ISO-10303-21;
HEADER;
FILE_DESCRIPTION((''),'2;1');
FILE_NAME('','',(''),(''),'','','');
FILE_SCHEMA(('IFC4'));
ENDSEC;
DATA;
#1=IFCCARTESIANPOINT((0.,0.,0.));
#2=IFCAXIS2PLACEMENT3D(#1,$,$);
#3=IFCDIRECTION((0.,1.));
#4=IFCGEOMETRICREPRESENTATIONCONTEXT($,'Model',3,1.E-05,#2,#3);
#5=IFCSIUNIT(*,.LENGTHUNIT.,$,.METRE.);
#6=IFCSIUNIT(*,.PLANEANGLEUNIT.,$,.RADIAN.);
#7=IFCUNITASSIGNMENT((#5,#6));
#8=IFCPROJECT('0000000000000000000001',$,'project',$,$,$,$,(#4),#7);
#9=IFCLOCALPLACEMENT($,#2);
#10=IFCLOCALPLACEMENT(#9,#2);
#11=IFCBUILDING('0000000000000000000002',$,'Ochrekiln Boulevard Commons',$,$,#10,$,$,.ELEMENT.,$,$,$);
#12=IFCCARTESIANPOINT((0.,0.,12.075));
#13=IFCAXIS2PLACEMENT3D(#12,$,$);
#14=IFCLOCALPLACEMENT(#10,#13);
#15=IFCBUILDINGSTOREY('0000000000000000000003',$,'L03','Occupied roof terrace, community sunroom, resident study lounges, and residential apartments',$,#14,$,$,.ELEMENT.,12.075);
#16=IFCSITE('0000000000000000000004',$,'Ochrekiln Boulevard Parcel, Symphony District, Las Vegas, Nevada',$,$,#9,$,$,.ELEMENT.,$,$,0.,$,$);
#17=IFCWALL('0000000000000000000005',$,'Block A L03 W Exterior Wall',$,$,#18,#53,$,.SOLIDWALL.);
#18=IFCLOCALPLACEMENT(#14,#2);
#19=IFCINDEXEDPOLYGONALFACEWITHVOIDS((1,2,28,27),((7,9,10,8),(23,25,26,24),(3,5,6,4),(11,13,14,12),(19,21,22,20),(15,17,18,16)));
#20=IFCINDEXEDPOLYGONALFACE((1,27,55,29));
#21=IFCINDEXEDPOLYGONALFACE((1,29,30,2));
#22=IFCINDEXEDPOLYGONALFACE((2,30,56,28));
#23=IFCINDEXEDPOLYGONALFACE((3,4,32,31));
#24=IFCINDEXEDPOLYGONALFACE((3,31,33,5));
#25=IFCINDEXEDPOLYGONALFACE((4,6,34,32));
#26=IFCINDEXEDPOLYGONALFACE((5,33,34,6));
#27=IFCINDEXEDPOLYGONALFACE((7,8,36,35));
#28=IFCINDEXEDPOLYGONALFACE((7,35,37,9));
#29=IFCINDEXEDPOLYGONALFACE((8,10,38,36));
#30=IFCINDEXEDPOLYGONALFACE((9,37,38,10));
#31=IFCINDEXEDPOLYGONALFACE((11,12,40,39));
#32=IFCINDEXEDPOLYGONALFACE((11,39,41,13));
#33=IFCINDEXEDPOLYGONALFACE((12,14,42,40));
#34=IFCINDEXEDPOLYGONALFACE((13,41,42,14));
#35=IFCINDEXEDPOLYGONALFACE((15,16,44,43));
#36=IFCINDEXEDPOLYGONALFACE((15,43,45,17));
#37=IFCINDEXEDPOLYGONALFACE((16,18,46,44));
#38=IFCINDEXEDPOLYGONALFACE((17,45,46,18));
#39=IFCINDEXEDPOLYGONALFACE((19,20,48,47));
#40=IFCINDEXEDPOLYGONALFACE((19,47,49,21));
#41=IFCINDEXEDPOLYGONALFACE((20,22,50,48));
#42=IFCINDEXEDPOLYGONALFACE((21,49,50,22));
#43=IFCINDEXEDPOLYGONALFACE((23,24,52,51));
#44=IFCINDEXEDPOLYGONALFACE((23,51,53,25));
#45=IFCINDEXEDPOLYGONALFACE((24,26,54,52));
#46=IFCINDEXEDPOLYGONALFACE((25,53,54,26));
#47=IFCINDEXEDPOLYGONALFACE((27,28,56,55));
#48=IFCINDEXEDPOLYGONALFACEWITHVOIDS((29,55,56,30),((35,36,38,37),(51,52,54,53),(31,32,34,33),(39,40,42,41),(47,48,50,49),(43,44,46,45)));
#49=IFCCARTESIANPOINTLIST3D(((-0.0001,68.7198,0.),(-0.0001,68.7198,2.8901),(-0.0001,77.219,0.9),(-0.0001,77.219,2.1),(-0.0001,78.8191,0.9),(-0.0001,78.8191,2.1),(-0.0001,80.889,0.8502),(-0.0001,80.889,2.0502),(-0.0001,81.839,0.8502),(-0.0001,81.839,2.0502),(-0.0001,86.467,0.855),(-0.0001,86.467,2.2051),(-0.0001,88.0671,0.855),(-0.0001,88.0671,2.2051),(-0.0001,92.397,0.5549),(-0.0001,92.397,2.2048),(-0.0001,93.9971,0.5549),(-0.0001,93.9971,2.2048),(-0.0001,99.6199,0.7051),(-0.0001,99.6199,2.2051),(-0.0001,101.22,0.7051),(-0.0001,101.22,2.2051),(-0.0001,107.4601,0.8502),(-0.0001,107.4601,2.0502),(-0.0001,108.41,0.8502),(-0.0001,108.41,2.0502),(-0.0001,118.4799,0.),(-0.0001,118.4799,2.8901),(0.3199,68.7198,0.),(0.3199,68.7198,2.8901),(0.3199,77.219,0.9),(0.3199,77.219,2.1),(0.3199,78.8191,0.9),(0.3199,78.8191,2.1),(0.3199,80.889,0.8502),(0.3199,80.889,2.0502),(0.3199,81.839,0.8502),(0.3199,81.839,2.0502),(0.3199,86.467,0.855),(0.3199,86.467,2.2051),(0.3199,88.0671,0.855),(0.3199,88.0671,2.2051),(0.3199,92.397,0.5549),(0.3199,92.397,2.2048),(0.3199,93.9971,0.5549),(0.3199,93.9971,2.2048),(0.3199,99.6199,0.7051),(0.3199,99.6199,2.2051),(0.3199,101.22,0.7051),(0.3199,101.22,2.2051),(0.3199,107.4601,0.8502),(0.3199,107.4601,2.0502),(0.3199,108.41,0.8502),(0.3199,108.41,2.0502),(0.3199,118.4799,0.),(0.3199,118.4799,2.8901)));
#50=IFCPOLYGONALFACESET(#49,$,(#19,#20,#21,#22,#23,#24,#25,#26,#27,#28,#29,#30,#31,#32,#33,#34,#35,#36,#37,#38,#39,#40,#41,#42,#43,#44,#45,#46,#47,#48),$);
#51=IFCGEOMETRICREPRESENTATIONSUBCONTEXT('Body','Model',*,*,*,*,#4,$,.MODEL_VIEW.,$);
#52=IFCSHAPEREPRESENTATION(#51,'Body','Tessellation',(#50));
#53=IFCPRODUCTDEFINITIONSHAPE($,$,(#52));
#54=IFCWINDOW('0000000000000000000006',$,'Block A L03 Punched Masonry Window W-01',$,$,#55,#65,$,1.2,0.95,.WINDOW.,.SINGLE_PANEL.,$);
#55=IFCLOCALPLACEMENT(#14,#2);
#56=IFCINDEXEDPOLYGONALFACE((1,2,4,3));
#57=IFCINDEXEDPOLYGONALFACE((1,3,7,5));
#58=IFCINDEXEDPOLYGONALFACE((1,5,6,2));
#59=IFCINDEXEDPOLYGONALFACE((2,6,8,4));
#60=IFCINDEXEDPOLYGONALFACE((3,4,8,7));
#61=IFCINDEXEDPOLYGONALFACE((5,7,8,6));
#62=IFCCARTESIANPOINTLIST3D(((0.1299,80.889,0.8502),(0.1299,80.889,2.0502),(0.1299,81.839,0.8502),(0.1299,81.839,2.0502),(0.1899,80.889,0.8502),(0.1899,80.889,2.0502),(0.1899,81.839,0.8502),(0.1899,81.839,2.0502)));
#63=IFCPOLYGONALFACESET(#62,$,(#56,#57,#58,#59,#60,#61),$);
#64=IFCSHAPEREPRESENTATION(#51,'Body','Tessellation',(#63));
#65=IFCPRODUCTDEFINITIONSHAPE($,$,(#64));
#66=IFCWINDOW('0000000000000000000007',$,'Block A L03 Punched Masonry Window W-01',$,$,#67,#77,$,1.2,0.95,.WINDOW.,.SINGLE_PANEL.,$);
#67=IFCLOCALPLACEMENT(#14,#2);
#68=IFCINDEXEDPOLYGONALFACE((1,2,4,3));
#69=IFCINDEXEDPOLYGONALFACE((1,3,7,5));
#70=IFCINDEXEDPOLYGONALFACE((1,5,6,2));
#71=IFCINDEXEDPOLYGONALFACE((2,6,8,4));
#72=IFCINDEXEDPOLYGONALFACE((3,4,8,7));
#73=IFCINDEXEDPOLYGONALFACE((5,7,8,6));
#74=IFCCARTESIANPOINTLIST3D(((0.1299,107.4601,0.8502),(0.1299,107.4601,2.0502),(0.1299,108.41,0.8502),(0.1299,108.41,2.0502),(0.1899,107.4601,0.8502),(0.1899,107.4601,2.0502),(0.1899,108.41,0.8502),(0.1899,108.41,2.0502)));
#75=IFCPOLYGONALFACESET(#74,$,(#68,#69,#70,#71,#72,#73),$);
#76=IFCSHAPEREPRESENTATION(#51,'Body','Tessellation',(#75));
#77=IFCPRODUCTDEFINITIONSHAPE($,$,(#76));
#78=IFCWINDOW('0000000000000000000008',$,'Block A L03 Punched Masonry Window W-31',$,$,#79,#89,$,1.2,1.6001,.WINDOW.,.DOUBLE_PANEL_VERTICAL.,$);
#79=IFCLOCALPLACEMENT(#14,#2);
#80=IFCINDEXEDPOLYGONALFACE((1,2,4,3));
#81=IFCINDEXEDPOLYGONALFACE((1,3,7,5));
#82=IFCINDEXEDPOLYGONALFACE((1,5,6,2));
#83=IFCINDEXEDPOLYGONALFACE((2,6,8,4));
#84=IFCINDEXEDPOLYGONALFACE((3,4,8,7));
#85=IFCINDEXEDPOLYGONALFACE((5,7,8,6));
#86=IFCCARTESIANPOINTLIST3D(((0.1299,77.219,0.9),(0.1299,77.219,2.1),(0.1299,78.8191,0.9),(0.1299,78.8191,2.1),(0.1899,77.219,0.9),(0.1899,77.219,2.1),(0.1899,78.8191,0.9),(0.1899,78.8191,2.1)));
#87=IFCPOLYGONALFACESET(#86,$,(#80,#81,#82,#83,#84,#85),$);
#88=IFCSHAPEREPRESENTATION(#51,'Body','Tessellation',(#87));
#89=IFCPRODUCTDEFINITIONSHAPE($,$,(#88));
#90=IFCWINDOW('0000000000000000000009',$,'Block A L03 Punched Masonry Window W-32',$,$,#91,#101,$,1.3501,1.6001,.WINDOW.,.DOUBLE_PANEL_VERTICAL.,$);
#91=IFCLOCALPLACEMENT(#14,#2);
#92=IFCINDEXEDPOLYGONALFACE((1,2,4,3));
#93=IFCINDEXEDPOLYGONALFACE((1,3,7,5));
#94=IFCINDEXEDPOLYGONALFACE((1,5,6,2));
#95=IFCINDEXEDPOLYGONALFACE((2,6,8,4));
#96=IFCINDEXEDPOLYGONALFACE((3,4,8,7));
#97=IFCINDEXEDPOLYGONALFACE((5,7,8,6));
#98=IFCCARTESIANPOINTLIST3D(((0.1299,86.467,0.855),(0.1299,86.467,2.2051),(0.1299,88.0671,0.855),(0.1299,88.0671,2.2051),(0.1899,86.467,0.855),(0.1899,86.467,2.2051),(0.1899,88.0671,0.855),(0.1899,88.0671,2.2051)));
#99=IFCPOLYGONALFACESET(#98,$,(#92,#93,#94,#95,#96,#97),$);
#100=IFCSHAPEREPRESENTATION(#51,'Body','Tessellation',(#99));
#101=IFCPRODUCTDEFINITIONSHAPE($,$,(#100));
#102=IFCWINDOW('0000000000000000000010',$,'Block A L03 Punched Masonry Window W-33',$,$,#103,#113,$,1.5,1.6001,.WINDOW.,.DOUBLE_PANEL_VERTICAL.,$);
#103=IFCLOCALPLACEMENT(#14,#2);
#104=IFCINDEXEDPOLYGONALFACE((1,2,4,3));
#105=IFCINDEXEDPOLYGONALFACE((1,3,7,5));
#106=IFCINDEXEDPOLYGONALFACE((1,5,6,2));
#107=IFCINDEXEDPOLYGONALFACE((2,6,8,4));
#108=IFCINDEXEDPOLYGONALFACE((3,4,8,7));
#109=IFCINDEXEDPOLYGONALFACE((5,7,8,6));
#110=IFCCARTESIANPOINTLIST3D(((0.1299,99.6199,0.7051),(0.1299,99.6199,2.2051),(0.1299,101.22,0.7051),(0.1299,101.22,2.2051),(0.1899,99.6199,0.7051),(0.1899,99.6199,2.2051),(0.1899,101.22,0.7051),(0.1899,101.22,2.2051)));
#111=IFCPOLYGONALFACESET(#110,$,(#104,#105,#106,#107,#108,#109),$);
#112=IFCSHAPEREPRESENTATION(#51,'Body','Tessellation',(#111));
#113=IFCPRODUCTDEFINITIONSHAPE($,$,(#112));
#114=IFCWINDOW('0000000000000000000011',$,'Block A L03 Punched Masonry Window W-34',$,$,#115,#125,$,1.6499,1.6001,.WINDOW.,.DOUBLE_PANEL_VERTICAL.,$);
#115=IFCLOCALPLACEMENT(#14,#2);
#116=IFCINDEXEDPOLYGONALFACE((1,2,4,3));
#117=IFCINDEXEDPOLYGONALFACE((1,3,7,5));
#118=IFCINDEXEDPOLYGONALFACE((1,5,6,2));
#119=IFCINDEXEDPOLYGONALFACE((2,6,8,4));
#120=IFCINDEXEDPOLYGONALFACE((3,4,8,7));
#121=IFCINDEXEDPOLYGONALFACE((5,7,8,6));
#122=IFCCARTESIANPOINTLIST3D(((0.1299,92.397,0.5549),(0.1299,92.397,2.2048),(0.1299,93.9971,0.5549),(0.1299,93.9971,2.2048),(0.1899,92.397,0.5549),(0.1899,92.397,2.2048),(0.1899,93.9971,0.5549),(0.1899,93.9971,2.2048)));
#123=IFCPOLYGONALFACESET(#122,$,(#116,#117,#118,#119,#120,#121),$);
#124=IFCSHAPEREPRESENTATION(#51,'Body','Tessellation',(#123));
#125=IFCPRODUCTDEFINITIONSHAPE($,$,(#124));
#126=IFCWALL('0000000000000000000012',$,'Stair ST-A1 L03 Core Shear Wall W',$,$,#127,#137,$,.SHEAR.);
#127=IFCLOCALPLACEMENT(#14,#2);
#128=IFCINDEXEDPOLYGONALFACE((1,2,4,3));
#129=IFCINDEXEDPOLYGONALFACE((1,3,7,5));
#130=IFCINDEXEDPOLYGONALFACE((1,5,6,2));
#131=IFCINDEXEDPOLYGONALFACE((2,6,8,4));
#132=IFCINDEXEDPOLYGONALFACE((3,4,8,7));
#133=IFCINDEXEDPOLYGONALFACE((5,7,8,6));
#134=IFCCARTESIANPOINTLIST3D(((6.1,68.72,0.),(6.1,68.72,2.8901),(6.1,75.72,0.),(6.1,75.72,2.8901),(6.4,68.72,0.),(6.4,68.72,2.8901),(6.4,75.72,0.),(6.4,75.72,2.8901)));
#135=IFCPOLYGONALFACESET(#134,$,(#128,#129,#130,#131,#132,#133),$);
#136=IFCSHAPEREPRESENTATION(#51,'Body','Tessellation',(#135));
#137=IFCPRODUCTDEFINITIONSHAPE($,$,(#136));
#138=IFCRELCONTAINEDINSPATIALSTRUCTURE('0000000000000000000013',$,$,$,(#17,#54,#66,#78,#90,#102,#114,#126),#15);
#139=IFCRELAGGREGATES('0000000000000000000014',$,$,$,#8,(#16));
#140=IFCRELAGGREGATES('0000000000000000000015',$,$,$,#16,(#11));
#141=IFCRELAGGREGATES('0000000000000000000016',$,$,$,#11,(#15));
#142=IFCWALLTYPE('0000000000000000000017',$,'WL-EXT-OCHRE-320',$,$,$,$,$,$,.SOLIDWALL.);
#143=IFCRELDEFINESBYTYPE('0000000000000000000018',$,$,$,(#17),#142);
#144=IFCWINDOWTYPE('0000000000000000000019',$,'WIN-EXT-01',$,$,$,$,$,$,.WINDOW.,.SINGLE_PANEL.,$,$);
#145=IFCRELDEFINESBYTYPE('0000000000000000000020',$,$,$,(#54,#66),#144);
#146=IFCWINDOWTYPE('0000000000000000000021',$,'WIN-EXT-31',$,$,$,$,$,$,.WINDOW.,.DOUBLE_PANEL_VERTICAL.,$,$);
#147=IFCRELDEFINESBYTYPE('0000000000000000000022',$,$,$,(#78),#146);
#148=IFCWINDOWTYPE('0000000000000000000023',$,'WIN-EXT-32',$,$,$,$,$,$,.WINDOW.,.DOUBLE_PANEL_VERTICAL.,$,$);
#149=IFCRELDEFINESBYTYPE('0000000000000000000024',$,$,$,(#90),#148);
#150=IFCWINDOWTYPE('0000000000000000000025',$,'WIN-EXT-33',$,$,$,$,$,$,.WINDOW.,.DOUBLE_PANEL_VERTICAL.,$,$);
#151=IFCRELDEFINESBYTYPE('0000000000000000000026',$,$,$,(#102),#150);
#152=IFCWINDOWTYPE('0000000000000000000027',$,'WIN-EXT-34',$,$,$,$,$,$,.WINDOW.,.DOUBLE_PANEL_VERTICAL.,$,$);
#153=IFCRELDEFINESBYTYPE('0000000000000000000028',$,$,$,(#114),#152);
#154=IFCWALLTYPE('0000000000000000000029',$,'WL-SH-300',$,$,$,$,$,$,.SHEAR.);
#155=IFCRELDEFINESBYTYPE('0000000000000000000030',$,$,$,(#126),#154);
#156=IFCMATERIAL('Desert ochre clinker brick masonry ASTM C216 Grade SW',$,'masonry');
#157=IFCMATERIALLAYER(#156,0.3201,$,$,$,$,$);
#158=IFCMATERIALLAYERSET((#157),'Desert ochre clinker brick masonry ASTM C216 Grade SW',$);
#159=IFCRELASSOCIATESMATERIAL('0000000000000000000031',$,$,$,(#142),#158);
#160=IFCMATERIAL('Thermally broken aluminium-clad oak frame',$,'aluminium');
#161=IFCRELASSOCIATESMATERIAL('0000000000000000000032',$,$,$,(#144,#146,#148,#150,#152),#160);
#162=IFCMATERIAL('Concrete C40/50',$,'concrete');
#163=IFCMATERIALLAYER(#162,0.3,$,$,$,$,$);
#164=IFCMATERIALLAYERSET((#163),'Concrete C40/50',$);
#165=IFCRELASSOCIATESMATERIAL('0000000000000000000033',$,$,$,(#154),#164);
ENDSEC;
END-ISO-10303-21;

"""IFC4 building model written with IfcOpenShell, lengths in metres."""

from ifc_helpers import new_model, si_unit, direction, frame, frame_2d, origin, place, context, subcontext, project, spatial, rectangle, extrude, material, layer, layer_set, type_object, element, fill, save


model = new_model("IFC4")

# Units and contexts
model_context = context("Model", 3, precision=1e-05, world=origin(), true_north=direction((0.0, 1.0)))
body_context = subcontext(model_context, "Body", "Model", "MODEL_VIEW")
ifc_project = project(units=[si_unit("LENGTHUNIT", "METRE"), si_unit("PLANEANGLEUNIT", "RADIAN")], contexts=[model_context])

# Site, building, storey
site_placement = place(None, origin())
site = spatial("IfcSite", under=ifc_project, at=site_placement, Name="Ochrekiln Boulevard Parcel, Symphony District, Las Vegas, Nevada", CompositionType="ELEMENT", RefElevation=0.0)
building_placement = place(site_placement, origin())
building = spatial("IfcBuilding", under=site, at=building_placement, Name="Ochrekiln Boulevard Commons", CompositionType="ELEMENT")
storey_placement = place(building_placement, frame((0.0, 0.0, 12.075)))
storey = spatial("IfcBuildingStorey", under=building, at=storey_placement, Name="L03", Description="Occupied roof terrace, community sunroom, resident study lounges, and residential apartments", CompositionType="ELEMENT", Elevation=12.075)

# Shared definitions
ifc_material_1 = material(Name="Concrete C40/50", Category="concrete")

# Wall, openings, windows
ifc_material_2 = material(Name="Desert ochre clinker brick masonry ASTM C216 Grade SW", Category="masonry")
ifc_layer_1 = layer(ifc_material_2, 0.3201)
ifc_layer_set_1 = layer_set([ifc_layer_1], Name="Desert ochre clinker brick masonry ASTM C216 Grade SW")
wall_type_1 = type_object("IfcWallType", Name="WL-EXT-OCHRE-320", PredefinedType="SOLIDWALL", material=ifc_layer_set_1)
wall_1_placement = place(storey_placement, frame((0.1599, 68.72, 0.0), z_axis=(0.0, 0.0, 1.0), x_axis=(0.0, 1.0, 0.0)))
wall_1 = element("IfcWall", 1, at=wall_1_placement, inside=storey, type_object=wall_type_1, Name="Block A L03 W Exterior Wall", PredefinedType="SOLIDWALL", context=body_context, shape_type="SweptSolid", body=[
    extrude(rectangle(XDim=49.76, YDim=0.3201, at=frame_2d((24.8799, 0.0))), origin(), (0.0, 0.0, 1.0), 2.8901),
])
opening_1_placement = place(wall_1_placement, frame((12.1689, 0.0, 0.8501)))
opening_1 = element("IfcOpeningElement", 2, at=opening_1_placement, cuts=wall_1, PredefinedType="OPENING", context=body_context, shape_type="SweptSolid", body=[
    extrude(rectangle(XDim=0.95, YDim=1.2, at=frame_2d((0.4751, 0.6001))), frame((0.0, 0.1699, 0.0), z_axis=(0.0, -1.0, 0.0), x_axis=(1.0, 0.0, 0.0)), (0.0, 0.0, 1.0), 0.3401),
])
opening_2_placement = place(wall_1_placement, frame((8.499, 0.0, 0.8999)))
opening_2 = element("IfcOpeningElement", 3, at=opening_2_placement, cuts=wall_1, PredefinedType="OPENING", context=body_context, shape_type="SweptSolid", body=[
    extrude(rectangle(XDim=1.6001, YDim=1.2, at=frame_2d((0.8, 0.6001))), frame((0.0, 0.1699, 0.0), z_axis=(0.0, -1.0, 0.0), x_axis=(1.0, 0.0, 0.0)), (0.0, 0.0, 1.0), 0.3401),
])
opening_3_placement = place(wall_1_placement, frame((17.7471, 0.0, 0.855)))
opening_3 = element("IfcOpeningElement", 4, at=opening_3_placement, cuts=wall_1, PredefinedType="OPENING", context=body_context, shape_type="SweptSolid", body=[
    extrude(rectangle(XDim=1.6001, YDim=1.3501, at=frame_2d((0.8, 0.675))), frame((0.0, 0.1699, 0.0), z_axis=(0.0, -1.0, 0.0), x_axis=(1.0, 0.0, 0.0)), (0.0, 0.0, 1.0), 0.3401),
])
opening_4_placement = place(wall_1_placement, frame((30.8999, 0.0, 0.7051)))
opening_4 = element("IfcOpeningElement", 5, at=opening_4_placement, cuts=wall_1, PredefinedType="OPENING", context=body_context, shape_type="SweptSolid", body=[
    extrude(rectangle(XDim=1.6001, YDim=1.5, at=frame_2d((0.8, 0.75))), frame((0.0, 0.1699, 0.0), z_axis=(0.0, -1.0, 0.0), x_axis=(1.0, 0.0, 0.0)), (0.0, 0.0, 1.0), 0.3401),
])
opening_5_placement = place(wall_1_placement, frame((23.677, 0.0, 0.5549)))
opening_5 = element("IfcOpeningElement", 6, at=opening_5_placement, cuts=wall_1, PredefinedType="OPENING", context=body_context, shape_type="SweptSolid", body=[
    extrude(rectangle(XDim=1.6001, YDim=1.6499, at=frame_2d((0.8, 0.825))), frame((0.0, 0.1699, 0.0), z_axis=(0.0, -1.0, 0.0), x_axis=(1.0, 0.0, 0.0)), (0.0, 0.0, 1.0), 0.3401),
])
opening_6_placement = place(wall_1_placement, frame((38.74, 0.0, 0.8501)))
opening_6 = element("IfcOpeningElement", 7, at=opening_6_placement, cuts=wall_1, PredefinedType="OPENING", context=body_context, shape_type="SweptSolid", body=[
    extrude(rectangle(XDim=0.95, YDim=1.2, at=frame_2d((0.4751, 0.6001))), frame((0.0, 0.1699, 0.0), z_axis=(0.0, -1.0, 0.0), x_axis=(1.0, 0.0, 0.0)), (0.0, 0.0, 1.0), 0.3401),
])
ifc_material_3 = material(Name="Thermally broken aluminium-clad oak frame", Category="aluminium")
window_type_1 = type_object("IfcWindowType", Name="WIN-EXT-01", PartitioningType="SINGLE_PANEL", PredefinedType="WINDOW", material=ifc_material_3)
window_1_placement = place(opening_1_placement, origin())
window_1 = element("IfcWindow", 8, at=window_1_placement, inside=storey, type_object=window_type_1, Name="Block A L03 Punched Masonry Window W-01", OverallHeight=1.2, OverallWidth=0.95, PartitioningType="SINGLE_PANEL", PredefinedType="WINDOW", context=body_context, shape_type="SweptSolid", body=[
    extrude(rectangle(XDim=0.95, YDim=1.2, at=frame_2d((0.4751, 0.6001))), frame((0.0, 0.03, 0.0), z_axis=(0.0, -1.0, 0.0), x_axis=(1.0, 0.0, 0.0)), (0.0, 0.0, 1.0), 0.0601),
])
fill(opening_1, window_1)
window_2_placement = place(opening_6_placement, origin())
window_2 = element("IfcWindow", 9, at=window_2_placement, inside=storey, type_object=window_type_1, Name="Block A L03 Punched Masonry Window W-01", OverallHeight=1.2, OverallWidth=0.95, PartitioningType="SINGLE_PANEL", PredefinedType="WINDOW", context=body_context, shape_type="SweptSolid", body=[
    extrude(rectangle(XDim=0.95, YDim=1.2, at=frame_2d((0.4751, 0.6001))), frame((0.0, 0.03, 0.0), z_axis=(0.0, -1.0, 0.0), x_axis=(1.0, 0.0, 0.0)), (0.0, 0.0, 1.0), 0.0601),
])
fill(opening_6, window_2)
window_type_2 = type_object("IfcWindowType", Name="WIN-EXT-31", PartitioningType="DOUBLE_PANEL_VERTICAL", PredefinedType="WINDOW", material=ifc_material_3)
window_3_placement = place(opening_2_placement, origin())
window_3 = element("IfcWindow", 10, at=window_3_placement, inside=storey, type_object=window_type_2, Name="Block A L03 Punched Masonry Window W-31", OverallHeight=1.2, OverallWidth=1.6001, PartitioningType="DOUBLE_PANEL_VERTICAL", PredefinedType="WINDOW", context=body_context, shape_type="SweptSolid", body=[
    extrude(rectangle(XDim=1.6001, YDim=1.2, at=frame_2d((0.8, 0.6001))), frame((0.0, 0.03, 0.0), z_axis=(0.0, -1.0, 0.0), x_axis=(1.0, 0.0, 0.0)), (0.0, 0.0, 1.0), 0.0601),
])
fill(opening_2, window_3)
window_type_3 = type_object("IfcWindowType", Name="WIN-EXT-32", PartitioningType="DOUBLE_PANEL_VERTICAL", PredefinedType="WINDOW", material=ifc_material_3)
window_4_placement = place(opening_3_placement, origin())
window_4 = element("IfcWindow", 11, at=window_4_placement, inside=storey, type_object=window_type_3, Name="Block A L03 Punched Masonry Window W-32", OverallHeight=1.3501, OverallWidth=1.6001, PartitioningType="DOUBLE_PANEL_VERTICAL", PredefinedType="WINDOW", context=body_context, shape_type="SweptSolid", body=[
    extrude(rectangle(XDim=1.6001, YDim=1.3501, at=frame_2d((0.8, 0.675))), frame((0.0, 0.03, 0.0), z_axis=(0.0, -1.0, 0.0), x_axis=(1.0, 0.0, 0.0)), (0.0, 0.0, 1.0), 0.0601),
])
fill(opening_3, window_4)
window_type_4 = type_object("IfcWindowType", Name="WIN-EXT-33", PartitioningType="DOUBLE_PANEL_VERTICAL", PredefinedType="WINDOW", material=ifc_material_3)
window_5_placement = place(opening_4_placement, origin())
window_5 = element("IfcWindow", 12, at=window_5_placement, inside=storey, type_object=window_type_4, Name="Block A L03 Punched Masonry Window W-33", OverallHeight=1.5, OverallWidth=1.6001, PartitioningType="DOUBLE_PANEL_VERTICAL", PredefinedType="WINDOW", context=body_context, shape_type="SweptSolid", body=[
    extrude(rectangle(XDim=1.6001, YDim=1.5, at=frame_2d((0.8, 0.75))), frame((0.0, 0.03, 0.0), z_axis=(0.0, -1.0, 0.0), x_axis=(1.0, 0.0, 0.0)), (0.0, 0.0, 1.0), 0.0601),
])
fill(opening_4, window_5)
window_type_5 = type_object("IfcWindowType", Name="WIN-EXT-34", PartitioningType="DOUBLE_PANEL_VERTICAL", PredefinedType="WINDOW", material=ifc_material_3)
window_6_placement = place(opening_5_placement, origin())
window_6 = element("IfcWindow", 13, at=window_6_placement, inside=storey, type_object=window_type_5, Name="Block A L03 Punched Masonry Window W-34", OverallHeight=1.6499, OverallWidth=1.6001, PartitioningType="DOUBLE_PANEL_VERTICAL", PredefinedType="WINDOW", context=body_context, shape_type="SweptSolid", body=[
    extrude(rectangle(XDim=1.6001, YDim=1.6499, at=frame_2d((0.8, 0.825))), frame((0.0, 0.03, 0.0), z_axis=(0.0, -1.0, 0.0), x_axis=(1.0, 0.0, 0.0)), (0.0, 0.0, 1.0), 0.0601),
])
fill(opening_5, window_6)

# Wall
ifc_layer_2 = layer(ifc_material_1, 0.3)
ifc_layer_set_2 = layer_set([ifc_layer_2], Name="Concrete C40/50")
wall_type_2 = type_object("IfcWallType", Name="WL-SH-300", PredefinedType="SHEAR", material=ifc_layer_set_2)
wall_2_placement = place(storey_placement, frame((6.25, 68.72, 0.0), z_axis=(0.0, 0.0, 1.0), x_axis=(0.0, 1.0, 0.0)))
element("IfcWall", 14, at=wall_2_placement, inside=storey, type_object=wall_type_2, Name="Stair ST-A1 L03 Core Shear Wall W", PredefinedType="SHEAR", context=body_context, shape_type="SweptSolid", body=[
    extrude(rectangle(XDim=7.0, YDim=0.3, at=frame_2d((3.5, 0.0))), origin(), (0.0, 0.0, 1.0), 2.8901),
])

save(model, "model.ifc")
